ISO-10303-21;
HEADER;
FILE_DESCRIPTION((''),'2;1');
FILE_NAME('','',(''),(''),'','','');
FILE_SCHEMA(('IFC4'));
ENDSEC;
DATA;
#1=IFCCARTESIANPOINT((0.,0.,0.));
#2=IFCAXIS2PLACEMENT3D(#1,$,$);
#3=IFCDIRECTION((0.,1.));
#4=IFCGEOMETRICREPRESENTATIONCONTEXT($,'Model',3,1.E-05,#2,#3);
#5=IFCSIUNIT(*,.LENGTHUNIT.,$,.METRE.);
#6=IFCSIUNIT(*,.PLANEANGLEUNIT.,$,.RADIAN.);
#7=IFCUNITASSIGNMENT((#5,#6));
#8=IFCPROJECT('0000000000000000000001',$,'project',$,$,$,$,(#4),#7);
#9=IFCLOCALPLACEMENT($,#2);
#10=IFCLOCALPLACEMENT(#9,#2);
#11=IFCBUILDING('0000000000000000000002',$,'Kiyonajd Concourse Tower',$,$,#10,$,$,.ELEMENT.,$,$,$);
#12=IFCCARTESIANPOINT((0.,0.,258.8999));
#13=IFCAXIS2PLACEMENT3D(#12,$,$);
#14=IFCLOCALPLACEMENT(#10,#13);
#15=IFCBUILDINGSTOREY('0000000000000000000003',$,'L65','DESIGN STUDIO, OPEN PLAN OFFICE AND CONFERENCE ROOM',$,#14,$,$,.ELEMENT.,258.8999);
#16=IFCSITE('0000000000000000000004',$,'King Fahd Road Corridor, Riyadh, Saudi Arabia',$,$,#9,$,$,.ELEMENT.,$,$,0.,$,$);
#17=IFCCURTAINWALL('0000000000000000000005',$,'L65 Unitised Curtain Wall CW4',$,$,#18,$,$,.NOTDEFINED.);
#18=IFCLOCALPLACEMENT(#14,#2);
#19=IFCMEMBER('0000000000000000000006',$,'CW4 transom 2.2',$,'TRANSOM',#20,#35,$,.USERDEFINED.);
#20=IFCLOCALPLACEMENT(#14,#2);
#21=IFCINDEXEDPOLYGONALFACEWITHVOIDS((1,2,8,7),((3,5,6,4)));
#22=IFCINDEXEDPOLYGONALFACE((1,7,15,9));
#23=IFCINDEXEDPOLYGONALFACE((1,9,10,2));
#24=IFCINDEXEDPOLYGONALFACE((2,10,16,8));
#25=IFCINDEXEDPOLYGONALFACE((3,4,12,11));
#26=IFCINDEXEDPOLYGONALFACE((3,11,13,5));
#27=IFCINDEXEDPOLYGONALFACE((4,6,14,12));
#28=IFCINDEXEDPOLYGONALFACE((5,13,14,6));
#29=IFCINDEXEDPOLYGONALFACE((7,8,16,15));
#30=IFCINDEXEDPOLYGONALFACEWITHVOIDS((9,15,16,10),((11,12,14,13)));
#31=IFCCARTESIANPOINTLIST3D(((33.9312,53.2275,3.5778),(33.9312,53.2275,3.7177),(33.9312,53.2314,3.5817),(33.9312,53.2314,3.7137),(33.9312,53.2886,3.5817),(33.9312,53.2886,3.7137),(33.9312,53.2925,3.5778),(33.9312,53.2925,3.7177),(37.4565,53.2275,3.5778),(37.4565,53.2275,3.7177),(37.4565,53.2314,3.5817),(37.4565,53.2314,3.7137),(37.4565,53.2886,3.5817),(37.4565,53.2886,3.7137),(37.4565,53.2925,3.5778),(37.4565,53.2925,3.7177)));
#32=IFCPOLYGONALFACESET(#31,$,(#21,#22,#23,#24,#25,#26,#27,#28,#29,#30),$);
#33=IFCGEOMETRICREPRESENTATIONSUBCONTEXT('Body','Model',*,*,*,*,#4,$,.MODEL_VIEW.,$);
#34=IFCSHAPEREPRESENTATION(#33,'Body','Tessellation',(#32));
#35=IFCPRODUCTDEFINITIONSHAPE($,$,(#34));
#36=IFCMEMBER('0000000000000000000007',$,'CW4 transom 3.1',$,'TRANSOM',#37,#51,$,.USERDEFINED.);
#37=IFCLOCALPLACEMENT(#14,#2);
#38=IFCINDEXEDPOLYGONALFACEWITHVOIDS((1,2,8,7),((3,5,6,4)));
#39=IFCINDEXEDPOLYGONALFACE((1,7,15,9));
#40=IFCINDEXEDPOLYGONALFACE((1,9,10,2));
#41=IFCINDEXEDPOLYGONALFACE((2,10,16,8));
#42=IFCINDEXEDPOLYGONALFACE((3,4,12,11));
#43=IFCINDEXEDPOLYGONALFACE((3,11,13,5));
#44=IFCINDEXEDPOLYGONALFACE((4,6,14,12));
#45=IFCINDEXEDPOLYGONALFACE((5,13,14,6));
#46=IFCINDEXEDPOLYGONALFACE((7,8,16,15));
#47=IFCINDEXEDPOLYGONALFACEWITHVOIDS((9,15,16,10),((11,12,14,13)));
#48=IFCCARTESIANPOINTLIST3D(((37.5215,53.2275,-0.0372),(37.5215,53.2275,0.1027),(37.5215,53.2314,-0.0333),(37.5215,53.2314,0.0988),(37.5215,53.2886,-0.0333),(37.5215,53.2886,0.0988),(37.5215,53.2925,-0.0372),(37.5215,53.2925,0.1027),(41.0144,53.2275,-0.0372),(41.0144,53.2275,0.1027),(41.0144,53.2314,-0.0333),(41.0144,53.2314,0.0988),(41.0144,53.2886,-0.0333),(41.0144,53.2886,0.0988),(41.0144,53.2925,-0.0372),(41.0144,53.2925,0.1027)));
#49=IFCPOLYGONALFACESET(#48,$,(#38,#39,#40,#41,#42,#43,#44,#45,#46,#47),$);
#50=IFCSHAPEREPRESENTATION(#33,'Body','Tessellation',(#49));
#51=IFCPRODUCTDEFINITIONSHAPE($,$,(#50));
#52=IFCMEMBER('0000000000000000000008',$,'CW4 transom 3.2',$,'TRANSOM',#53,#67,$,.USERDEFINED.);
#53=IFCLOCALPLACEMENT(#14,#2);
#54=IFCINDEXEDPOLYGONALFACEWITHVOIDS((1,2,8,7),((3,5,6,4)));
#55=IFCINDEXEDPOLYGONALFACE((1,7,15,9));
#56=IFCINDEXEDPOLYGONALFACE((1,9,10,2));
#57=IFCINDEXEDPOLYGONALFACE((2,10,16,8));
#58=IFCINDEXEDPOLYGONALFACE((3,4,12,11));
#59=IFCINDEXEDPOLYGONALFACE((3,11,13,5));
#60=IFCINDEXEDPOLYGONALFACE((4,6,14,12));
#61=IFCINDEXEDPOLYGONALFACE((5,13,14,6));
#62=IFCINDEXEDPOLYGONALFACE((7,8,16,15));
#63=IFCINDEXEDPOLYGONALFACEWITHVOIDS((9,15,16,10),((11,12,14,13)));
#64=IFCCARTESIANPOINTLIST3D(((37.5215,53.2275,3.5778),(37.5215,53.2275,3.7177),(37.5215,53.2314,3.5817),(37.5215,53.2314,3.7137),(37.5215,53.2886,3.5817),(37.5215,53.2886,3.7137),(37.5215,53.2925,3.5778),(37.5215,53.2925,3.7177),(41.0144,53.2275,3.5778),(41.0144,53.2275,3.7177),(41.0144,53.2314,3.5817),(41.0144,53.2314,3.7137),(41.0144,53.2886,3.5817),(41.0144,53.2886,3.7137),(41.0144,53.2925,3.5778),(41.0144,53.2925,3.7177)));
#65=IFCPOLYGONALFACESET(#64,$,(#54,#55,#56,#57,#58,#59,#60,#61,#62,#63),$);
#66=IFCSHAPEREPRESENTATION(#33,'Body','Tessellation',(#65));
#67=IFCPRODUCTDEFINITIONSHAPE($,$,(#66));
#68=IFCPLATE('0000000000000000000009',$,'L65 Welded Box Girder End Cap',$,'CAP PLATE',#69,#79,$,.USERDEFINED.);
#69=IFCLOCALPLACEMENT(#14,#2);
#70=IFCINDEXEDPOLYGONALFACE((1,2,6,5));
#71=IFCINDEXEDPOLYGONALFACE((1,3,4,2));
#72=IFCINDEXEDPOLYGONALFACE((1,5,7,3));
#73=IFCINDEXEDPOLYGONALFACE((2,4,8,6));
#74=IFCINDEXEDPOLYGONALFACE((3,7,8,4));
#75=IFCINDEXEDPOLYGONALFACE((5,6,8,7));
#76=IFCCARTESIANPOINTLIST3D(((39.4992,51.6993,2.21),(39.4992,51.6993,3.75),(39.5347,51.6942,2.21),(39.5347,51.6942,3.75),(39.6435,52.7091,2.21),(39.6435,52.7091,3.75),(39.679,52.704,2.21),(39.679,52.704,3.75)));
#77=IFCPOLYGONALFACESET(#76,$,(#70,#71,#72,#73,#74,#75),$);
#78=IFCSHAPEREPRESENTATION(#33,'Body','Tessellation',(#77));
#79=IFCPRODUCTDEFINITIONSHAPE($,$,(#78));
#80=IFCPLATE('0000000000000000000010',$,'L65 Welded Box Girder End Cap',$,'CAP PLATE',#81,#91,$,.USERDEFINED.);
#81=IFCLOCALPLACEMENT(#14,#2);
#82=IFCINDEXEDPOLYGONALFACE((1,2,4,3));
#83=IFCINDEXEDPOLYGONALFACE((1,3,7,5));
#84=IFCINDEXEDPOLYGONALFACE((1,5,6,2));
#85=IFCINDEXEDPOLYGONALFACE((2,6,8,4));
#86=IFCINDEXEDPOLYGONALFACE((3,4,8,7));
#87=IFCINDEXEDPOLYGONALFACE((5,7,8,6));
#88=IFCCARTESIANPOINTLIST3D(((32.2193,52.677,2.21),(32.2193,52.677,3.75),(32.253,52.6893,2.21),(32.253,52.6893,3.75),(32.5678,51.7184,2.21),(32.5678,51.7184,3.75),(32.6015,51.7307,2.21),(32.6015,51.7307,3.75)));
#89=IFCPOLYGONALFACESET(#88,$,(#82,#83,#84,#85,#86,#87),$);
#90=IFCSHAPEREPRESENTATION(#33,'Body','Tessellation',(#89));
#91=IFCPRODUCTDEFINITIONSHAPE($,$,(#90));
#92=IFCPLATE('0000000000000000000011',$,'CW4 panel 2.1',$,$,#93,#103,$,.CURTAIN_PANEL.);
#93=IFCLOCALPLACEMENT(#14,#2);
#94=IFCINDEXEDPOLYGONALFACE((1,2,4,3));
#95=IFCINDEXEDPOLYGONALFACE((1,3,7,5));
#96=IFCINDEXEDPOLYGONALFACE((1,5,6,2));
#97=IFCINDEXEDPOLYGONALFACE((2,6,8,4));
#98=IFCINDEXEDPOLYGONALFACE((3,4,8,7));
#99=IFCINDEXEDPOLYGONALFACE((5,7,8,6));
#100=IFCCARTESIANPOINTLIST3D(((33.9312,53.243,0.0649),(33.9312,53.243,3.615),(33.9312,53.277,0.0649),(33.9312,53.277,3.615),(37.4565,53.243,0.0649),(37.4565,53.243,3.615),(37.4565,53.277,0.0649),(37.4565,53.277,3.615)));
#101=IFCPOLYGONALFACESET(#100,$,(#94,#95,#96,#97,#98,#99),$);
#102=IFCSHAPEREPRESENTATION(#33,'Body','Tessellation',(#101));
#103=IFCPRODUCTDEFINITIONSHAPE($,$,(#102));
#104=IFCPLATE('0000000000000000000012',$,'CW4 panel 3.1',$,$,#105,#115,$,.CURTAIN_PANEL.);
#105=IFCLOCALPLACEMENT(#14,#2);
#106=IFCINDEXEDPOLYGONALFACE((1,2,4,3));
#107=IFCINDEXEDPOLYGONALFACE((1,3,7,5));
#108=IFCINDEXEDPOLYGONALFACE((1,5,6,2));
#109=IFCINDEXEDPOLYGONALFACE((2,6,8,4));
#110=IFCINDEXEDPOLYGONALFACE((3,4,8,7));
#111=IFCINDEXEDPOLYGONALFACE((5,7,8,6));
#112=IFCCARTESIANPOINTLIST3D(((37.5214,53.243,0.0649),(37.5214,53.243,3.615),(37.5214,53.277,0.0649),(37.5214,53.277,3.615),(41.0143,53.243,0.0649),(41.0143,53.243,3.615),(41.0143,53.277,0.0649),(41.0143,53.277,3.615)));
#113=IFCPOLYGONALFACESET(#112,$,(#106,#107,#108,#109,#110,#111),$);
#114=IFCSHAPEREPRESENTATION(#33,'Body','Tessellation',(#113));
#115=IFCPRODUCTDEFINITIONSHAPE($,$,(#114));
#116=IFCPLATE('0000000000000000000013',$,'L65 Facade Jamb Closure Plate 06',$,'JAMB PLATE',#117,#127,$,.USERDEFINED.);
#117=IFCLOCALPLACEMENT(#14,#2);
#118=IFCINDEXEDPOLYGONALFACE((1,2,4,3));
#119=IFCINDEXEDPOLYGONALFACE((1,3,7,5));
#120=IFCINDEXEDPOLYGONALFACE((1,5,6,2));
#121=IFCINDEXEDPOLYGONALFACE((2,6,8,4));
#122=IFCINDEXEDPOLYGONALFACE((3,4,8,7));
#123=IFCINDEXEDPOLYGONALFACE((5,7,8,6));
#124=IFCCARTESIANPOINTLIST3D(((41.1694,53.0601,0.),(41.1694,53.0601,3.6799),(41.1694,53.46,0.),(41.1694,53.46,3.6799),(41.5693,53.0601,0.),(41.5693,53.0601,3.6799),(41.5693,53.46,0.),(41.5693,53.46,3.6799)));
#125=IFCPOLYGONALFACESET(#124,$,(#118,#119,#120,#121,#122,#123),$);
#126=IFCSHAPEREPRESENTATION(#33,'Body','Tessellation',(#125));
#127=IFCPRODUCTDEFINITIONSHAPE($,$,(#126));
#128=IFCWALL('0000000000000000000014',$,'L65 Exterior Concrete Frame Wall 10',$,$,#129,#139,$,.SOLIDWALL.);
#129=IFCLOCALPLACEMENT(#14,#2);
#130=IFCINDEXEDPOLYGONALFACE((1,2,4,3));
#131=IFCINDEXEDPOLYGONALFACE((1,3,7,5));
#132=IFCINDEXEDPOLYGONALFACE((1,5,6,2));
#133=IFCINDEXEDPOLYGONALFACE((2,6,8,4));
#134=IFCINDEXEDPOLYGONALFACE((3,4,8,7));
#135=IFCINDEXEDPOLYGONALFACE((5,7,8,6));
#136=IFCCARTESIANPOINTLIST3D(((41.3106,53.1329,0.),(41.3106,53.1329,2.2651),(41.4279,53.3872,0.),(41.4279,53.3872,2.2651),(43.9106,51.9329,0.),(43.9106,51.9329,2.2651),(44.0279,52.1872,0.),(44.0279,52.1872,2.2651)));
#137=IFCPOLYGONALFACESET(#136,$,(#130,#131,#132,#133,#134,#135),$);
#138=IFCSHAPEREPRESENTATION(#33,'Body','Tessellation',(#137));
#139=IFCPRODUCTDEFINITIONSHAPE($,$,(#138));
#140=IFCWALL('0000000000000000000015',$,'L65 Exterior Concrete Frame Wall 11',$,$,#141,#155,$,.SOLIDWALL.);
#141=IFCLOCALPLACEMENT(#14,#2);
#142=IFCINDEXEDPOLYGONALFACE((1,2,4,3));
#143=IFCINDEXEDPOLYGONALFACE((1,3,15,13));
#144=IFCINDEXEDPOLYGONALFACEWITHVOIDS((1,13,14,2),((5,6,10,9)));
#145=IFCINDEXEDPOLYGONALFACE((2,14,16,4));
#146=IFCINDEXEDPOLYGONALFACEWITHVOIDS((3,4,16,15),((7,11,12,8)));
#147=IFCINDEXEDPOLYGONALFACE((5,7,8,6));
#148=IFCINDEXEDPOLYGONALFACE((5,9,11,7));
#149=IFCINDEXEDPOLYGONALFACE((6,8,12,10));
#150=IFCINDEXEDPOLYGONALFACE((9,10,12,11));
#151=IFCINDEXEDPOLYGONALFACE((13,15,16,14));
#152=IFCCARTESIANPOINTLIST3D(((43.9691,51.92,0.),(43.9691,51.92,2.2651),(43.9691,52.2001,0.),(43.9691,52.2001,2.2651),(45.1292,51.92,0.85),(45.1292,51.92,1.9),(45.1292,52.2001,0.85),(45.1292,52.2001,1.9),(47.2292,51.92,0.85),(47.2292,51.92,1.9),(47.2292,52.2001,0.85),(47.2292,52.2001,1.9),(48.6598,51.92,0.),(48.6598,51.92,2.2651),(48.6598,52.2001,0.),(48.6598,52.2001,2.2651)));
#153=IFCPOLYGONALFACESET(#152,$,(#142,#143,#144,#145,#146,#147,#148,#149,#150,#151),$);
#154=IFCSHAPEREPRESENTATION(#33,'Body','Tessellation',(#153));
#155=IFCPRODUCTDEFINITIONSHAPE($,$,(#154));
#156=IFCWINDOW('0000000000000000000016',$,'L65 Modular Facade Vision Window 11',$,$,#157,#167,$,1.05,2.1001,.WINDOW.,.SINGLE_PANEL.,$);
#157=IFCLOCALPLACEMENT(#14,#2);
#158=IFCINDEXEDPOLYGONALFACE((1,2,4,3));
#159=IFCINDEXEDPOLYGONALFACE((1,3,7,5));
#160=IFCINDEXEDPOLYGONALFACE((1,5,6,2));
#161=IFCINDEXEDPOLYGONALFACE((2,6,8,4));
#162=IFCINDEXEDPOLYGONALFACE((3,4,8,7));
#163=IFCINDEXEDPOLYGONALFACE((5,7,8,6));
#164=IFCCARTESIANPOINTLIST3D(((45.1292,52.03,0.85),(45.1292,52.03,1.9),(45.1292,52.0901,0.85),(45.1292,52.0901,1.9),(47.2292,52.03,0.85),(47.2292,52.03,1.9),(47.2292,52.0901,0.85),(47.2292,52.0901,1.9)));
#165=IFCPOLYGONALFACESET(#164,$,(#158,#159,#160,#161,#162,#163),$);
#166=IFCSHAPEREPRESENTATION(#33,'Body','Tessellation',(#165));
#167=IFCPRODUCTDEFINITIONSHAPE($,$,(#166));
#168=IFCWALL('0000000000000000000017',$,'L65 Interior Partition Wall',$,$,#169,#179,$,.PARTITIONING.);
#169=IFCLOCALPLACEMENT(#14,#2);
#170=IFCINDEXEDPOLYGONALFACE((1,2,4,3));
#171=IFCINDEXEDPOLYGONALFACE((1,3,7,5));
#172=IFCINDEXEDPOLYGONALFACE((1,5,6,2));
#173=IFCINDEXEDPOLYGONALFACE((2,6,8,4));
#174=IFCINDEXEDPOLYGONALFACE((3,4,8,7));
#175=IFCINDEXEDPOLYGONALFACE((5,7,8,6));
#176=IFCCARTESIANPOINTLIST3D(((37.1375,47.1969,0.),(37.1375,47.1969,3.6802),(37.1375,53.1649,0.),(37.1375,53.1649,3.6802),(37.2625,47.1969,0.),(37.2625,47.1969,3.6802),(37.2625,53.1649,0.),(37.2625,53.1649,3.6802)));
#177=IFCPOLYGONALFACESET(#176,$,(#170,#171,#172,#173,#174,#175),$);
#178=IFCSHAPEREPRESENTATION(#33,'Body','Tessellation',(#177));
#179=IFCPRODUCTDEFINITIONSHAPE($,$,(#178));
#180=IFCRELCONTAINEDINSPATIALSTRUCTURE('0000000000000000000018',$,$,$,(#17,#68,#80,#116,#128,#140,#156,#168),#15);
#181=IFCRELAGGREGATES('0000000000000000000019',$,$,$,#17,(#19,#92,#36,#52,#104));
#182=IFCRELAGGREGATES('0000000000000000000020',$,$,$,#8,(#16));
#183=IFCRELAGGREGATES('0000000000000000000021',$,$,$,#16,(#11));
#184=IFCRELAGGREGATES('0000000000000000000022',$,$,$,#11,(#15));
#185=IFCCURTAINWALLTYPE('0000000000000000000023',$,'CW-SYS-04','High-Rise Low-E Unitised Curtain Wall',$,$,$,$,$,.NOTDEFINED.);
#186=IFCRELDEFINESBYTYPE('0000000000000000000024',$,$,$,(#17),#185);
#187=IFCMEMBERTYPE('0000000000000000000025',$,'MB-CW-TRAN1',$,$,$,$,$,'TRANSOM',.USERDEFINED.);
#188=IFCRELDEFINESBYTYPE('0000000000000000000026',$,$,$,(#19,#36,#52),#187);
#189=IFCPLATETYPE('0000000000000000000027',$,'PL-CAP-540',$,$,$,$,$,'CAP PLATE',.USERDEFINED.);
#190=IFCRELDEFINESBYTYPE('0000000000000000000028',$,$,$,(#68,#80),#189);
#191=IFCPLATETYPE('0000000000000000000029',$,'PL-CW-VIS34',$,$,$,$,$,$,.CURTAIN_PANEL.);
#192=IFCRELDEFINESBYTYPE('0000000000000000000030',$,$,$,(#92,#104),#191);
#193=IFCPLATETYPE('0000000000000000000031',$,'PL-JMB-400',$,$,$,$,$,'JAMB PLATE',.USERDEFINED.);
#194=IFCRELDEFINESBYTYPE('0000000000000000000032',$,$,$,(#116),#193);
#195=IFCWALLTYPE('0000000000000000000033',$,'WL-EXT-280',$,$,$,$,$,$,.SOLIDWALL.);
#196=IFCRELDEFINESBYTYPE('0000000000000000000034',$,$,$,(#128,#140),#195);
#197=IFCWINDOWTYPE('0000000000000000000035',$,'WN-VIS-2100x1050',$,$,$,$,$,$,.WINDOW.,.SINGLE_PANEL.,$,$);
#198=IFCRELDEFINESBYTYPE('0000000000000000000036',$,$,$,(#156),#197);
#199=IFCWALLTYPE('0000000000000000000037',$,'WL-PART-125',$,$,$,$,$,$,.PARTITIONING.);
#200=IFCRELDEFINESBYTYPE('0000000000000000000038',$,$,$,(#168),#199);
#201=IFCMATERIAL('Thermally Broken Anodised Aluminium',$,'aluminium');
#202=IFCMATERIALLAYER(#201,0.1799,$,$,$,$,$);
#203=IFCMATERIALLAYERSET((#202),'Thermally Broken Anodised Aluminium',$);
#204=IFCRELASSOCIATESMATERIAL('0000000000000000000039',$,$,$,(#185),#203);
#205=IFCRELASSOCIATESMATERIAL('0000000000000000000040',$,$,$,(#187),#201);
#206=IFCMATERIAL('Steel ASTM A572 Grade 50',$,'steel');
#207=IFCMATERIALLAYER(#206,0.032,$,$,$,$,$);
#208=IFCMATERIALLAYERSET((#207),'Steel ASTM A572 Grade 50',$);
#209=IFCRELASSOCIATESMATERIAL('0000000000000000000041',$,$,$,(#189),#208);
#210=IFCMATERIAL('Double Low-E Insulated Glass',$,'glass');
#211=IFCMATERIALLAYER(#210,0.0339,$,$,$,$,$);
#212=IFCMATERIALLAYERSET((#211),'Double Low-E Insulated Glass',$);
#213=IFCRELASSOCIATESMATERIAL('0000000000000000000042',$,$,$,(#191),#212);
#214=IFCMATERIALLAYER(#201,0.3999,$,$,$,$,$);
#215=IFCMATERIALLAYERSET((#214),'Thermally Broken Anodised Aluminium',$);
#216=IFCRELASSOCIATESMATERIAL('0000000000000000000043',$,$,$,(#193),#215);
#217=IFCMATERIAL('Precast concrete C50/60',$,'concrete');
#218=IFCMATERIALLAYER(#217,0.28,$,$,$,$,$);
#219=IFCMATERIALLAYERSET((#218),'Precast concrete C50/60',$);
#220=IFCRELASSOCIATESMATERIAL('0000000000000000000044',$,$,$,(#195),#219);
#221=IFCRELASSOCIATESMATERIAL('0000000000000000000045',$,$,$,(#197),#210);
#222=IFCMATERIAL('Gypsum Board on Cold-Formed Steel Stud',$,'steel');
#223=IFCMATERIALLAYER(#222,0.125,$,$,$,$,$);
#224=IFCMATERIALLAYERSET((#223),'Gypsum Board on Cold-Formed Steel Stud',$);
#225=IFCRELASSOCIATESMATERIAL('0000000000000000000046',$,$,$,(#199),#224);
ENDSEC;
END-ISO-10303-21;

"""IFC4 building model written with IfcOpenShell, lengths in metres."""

from ifc_helpers import new_model, si_unit, direction, frame, frame_2d, origin, origin_2d, place, context, subcontext, project, spatial, rectangle, hollow_rectangle, extrude, material, layer, layer_set, material_profile, profile_set, type_object, element, fill, aggregate, save


model = new_model("IFC4")

# Units and contexts
model_context = context("Model", 3, precision=1e-05, world=origin(), true_north=direction((0.0, 1.0)))
body_context = subcontext(model_context, "Body", "Model", "MODEL_VIEW")
ifc_project = project(units=[si_unit("LENGTHUNIT", "METRE"), si_unit("PLANEANGLEUNIT", "RADIAN")], contexts=[model_context])

# Site, building, storey
site_placement = place(None, origin())
site = spatial("IfcSite", under=ifc_project, at=site_placement, Name="King Fahd Road Corridor, Riyadh, Saudi Arabia", CompositionType="ELEMENT", RefElevation=0.0)
building_placement = place(site_placement, origin())
building = spatial("IfcBuilding", under=site, at=building_placement, Name="Kiyonajd Concourse Tower", CompositionType="ELEMENT")
storey_placement = place(building_placement, frame((0.0, 0.0, 258.8999)))
storey = spatial("IfcBuildingStorey", under=building, at=storey_placement, Name="L65", Description="DESIGN STUDIO, OPEN PLAN OFFICE AND CONFERENCE ROOM", CompositionType="ELEMENT", Elevation=258.8999)

# Curtain wall, members
ifc_material_1 = material(Name="Thermally Broken Anodised Aluminium", Category="aluminium")
ifc_layer_1 = layer(ifc_material_1, 0.1799)
ifc_layer_set_1 = layer_set([ifc_layer_1], Name="Thermally Broken Anodised Aluminium")
curtain_wall_type = type_object("IfcCurtainWallType", Name="CW-SYS-04", Description="High-Rise Low-E Unitised Curtain Wall", PredefinedType="NOTDEFINED", material=ifc_layer_set_1)
curtain_wall_placement = place(storey_placement, origin())
curtain_wall = element("IfcCurtainWall", 1, at=curtain_wall_placement, inside=storey, type_object=curtain_wall_type, Name="L65 Unitised Curtain Wall CW4", PredefinedType="NOTDEFINED")
ifc_material_profile_1 = material_profile(ifc_material_1, hollow_rectangle(XDim=0.0649, YDim=0.1399, WallThickness=0.0039, at=origin_2d()), Name="TRAN-65x140")
ifc_profile_set_1 = profile_set([ifc_material_profile_1], Name="Thermally Broken Anodised Aluminium")
member_type_1 = type_object("IfcMemberType", Name="MB-CW-TRAN1", ElementType="TRANSOM", PredefinedType="USERDEFINED", material=ifc_profile_set_1)
member_1_placement = place(storey_placement, frame((33.9312, 53.26, 3.6477), z_axis=(1.0, 0.0, 0.0), x_axis=(0.0, 1.0, 0.0)))
member_1 = element("IfcMember", 2, at=member_1_placement, type_object=member_type_1, Name="CW4 transom 2.2", ObjectType="TRANSOM", PredefinedType="USERDEFINED", context=body_context, shape_type="SweptSolid", body=[
    extrude(hollow_rectangle(XDim=0.0649, YDim=0.1399, WallThickness=0.0039, at=origin_2d()), origin(), (0.0, 0.0, 1.0), 3.5254),
])
member_2_placement = place(storey_placement, frame((37.5215, 53.26, 0.0327), z_axis=(1.0, 0.0, 0.0), x_axis=(0.0, 1.0, 0.0)))
member_2 = element("IfcMember", 3, at=member_2_placement, type_object=member_type_1, Name="CW4 transom 3.1", ObjectType="TRANSOM", PredefinedType="USERDEFINED", context=body_context, shape_type="SweptSolid", body=[
    extrude(hollow_rectangle(XDim=0.0649, YDim=0.1399, WallThickness=0.0039, at=origin_2d()), origin(), (0.0, 0.0, 1.0), 3.4929),
])
member_3_placement = place(storey_placement, frame((37.5215, 53.26, 3.6477), z_axis=(1.0, 0.0, 0.0), x_axis=(0.0, 1.0, 0.0)))
member_3 = element("IfcMember", 4, at=member_3_placement, type_object=member_type_1, Name="CW4 transom 3.2", ObjectType="TRANSOM", PredefinedType="USERDEFINED", context=body_context, shape_type="SweptSolid", body=[
    extrude(hollow_rectangle(XDim=0.0649, YDim=0.1399, WallThickness=0.0039, at=origin_2d()), origin(), (0.0, 0.0, 1.0), 3.4929),
])

# Plates
ifc_material_2 = material(Name="Steel ASTM A572 Grade 50", Category="steel")
ifc_layer_2 = layer(ifc_material_2, 0.032)
ifc_layer_set_2 = layer_set([ifc_layer_2], Name="Steel ASTM A572 Grade 50")
plate_type_1 = type_object("IfcPlateType", Name="PL-CAP-540", ElementType="CAP PLATE", PredefinedType="USERDEFINED", material=ifc_layer_set_2)
for number, where, z_axis, x_axis, name in (
    (5, (39.5891, 52.2017, 2.21), (0.0, 0.0, 1.0), (-0.98995, 0.14142, 0.0), "L65 Welded Box Girder End Cap"),
    (6, (32.4104, 52.2039, 2.21), (0.0, 0.0, 1.0), (0.939812, 0.341692, 0.0), "L65 Welded Box Girder End Cap"),
):
    element("IfcPlate", number, at=place(storey_placement, frame(where, z_axis=z_axis, x_axis=x_axis)), inside=storey, type_object=plate_type_1, Name=name, ObjectType="CAP PLATE", PredefinedType="USERDEFINED", context=body_context, shape_type="SweptSolid", body=[
        extrude(rectangle(XDim=0.0359, YDim=1.02, at=origin_2d()), origin(), (0.0, 0.0, 1.0), 1.54),
    ])

# Plates
ifc_material_3 = material(Name="Double Low-E Insulated Glass", Category="glass")
ifc_layer_3 = layer(ifc_material_3, 0.0339)
ifc_layer_set_3 = layer_set([ifc_layer_3], Name="Double Low-E Insulated Glass")
plate_type_2 = type_object("IfcPlateType", Name="PL-CW-VIS34", PredefinedType="CURTAIN_PANEL", material=ifc_layer_set_3)
plate_1_placement = place(storey_placement, frame((35.6938, 53.26, 0.0649), z_axis=(0.0, 0.0, 1.0), x_axis=(1.0, 0.0, 0.0)))
plate_1 = element("IfcPlate", 7, at=plate_1_placement, type_object=plate_type_2, Name="CW4 panel 2.1", PredefinedType="CURTAIN_PANEL", context=body_context, shape_type="SweptSolid", body=[
    extrude(rectangle(XDim=3.5254, YDim=0.0339, at=origin_2d()), origin(), (0.0, 0.0, 1.0), 3.55),
])
plate_2_placement = place(storey_placement, frame((39.2678, 53.26, 0.0649), z_axis=(0.0, 0.0, 1.0), x_axis=(1.0, 0.0, 0.0)))
plate_2 = element("IfcPlate", 8, at=plate_2_placement, type_object=plate_type_2, Name="CW4 panel 3.1", PredefinedType="CURTAIN_PANEL", context=body_context, shape_type="SweptSolid", body=[
    extrude(rectangle(XDim=3.4929, YDim=0.0339, at=origin_2d()), origin(), (0.0, 0.0, 1.0), 3.55),
])
aggregate(curtain_wall, [member_1, plate_1, member_2, member_3, plate_2])
ifc_layer_4 = layer(ifc_material_1, 0.3999)
ifc_layer_set_4 = layer_set([ifc_layer_4], Name="Thermally Broken Anodised Aluminium")
plate_type_3 = type_object("IfcPlateType", Name="PL-JMB-400", ElementType="JAMB PLATE", PredefinedType="USERDEFINED", material=ifc_layer_set_4)
plate_3_placement = place(storey_placement, frame((41.3694, 53.26, 0.0), z_axis=(0.0, 0.0, 1.0), x_axis=(1.0, 0.0, 0.0)))
element("IfcPlate", 9, at=plate_3_placement, inside=storey, type_object=plate_type_3, Name="L65 Facade Jamb Closure Plate 06", ObjectType="JAMB PLATE", PredefinedType="USERDEFINED", context=body_context, shape_type="SweptSolid", body=[
    extrude(rectangle(XDim=0.3999, YDim=0.3999, at=origin_2d()), origin(), (0.0, 0.0, 1.0), 3.6799),
])

# Wall
ifc_material_4 = material(Name="Precast concrete C50/60", Category="concrete")
ifc_layer_5 = layer(ifc_material_4, 0.28)
ifc_layer_set_5 = layer_set([ifc_layer_5], Name="Precast concrete C50/60")
wall_type_1 = type_object("IfcWallType", Name="WL-EXT-280", PredefinedType="SOLIDWALL", material=ifc_layer_set_5)
wall_1_placement = place(storey_placement, frame((41.3694, 53.26, 0.0), z_axis=(0.0, 0.0, 1.0), x_axis=(0.907957, -0.419064, 0.0)))
element("IfcWall", 10, at=wall_1_placement, inside=storey, type_object=wall_type_1, Name="L65 Exterior Concrete Frame Wall 10", PredefinedType="SOLIDWALL", context=body_context, shape_type="SweptSolid", body=[
    extrude(rectangle(XDim=2.8635, YDim=0.28, at=frame_2d((1.4316, 0.0))), origin(), (0.0, 0.0, 1.0), 2.2651),
])

# Wall, opening, window
wall_2_placement = place(storey_placement, frame((43.9692, 52.0601, 0.0), z_axis=(0.0, 0.0, 1.0), x_axis=(1.0, 0.0, 0.0)))
wall_2 = element("IfcWall", 11, at=wall_2_placement, inside=storey, type_object=wall_type_1, Name="L65 Exterior Concrete Frame Wall 11", PredefinedType="SOLIDWALL", context=body_context, shape_type="SweptSolid", body=[
    extrude(rectangle(XDim=4.6907, YDim=0.28, at=frame_2d((2.3452, 0.0))), origin(), (0.0, 0.0, 1.0), 2.2651),
])
opening_placement = place(wall_2_placement, frame((1.1599, 0.0, 0.8501)))
opening = element("IfcOpeningElement", 12, at=opening_placement, cuts=wall_2, PredefinedType="OPENING", context=body_context, shape_type="SweptSolid", body=[
    extrude(rectangle(XDim=2.1001, YDim=1.05, at=frame_2d((1.05, 0.5249))), frame((0.0, 0.1499, 0.0), z_axis=(0.0, -1.0, 0.0), x_axis=(1.0, 0.0, 0.0)), (0.0, 0.0, 1.0), 0.3),
])
window_type = type_object("IfcWindowType", Name="WN-VIS-2100x1050", PartitioningType="SINGLE_PANEL", PredefinedType="WINDOW", material=ifc_material_3)
window_placement = place(opening_placement, origin())
window = element("IfcWindow", 13, at=window_placement, inside=storey, type_object=window_type, Name="L65 Modular Facade Vision Window 11", OverallHeight=1.05, OverallWidth=2.1001, PartitioningType="SINGLE_PANEL", PredefinedType="WINDOW", context=body_context, shape_type="SweptSolid", body=[
    extrude(rectangle(XDim=2.1001, YDim=1.05, at=frame_2d((1.05, 0.5249))), frame((0.0, 0.03, 0.0), z_axis=(0.0, -1.0, 0.0), x_axis=(1.0, 0.0, 0.0)), (0.0, 0.0, 1.0), 0.0601),
])
fill(opening, window)

# Wall
ifc_material_5 = material(Name="Gypsum Board on Cold-Formed Steel Stud", Category="steel")
ifc_layer_6 = layer(ifc_material_5, 0.125)
ifc_layer_set_6 = layer_set([ifc_layer_6], Name="Gypsum Board on Cold-Formed Steel Stud")
wall_type_2 = type_object("IfcWallType", Name="WL-PART-125", PredefinedType="PARTITIONING", material=ifc_layer_set_6)
wall_3_placement = place(storey_placement, frame((37.2, 47.197, 0.0), z_axis=(0.0, 0.0, 1.0), x_axis=(0.0, 1.0, 0.0)))
element("IfcWall", 14, at=wall_3_placement, inside=storey, type_object=wall_type_2, Name="L65 Interior Partition Wall", PredefinedType="PARTITIONING", context=body_context, shape_type="SweptSolid", body=[
    extrude(rectangle(XDim=5.968, YDim=0.125, at=frame_2d((2.9839, 0.0))), origin(), (0.0, 0.0, 1.0), 3.6802),
])

save(model, "model.ifc")
